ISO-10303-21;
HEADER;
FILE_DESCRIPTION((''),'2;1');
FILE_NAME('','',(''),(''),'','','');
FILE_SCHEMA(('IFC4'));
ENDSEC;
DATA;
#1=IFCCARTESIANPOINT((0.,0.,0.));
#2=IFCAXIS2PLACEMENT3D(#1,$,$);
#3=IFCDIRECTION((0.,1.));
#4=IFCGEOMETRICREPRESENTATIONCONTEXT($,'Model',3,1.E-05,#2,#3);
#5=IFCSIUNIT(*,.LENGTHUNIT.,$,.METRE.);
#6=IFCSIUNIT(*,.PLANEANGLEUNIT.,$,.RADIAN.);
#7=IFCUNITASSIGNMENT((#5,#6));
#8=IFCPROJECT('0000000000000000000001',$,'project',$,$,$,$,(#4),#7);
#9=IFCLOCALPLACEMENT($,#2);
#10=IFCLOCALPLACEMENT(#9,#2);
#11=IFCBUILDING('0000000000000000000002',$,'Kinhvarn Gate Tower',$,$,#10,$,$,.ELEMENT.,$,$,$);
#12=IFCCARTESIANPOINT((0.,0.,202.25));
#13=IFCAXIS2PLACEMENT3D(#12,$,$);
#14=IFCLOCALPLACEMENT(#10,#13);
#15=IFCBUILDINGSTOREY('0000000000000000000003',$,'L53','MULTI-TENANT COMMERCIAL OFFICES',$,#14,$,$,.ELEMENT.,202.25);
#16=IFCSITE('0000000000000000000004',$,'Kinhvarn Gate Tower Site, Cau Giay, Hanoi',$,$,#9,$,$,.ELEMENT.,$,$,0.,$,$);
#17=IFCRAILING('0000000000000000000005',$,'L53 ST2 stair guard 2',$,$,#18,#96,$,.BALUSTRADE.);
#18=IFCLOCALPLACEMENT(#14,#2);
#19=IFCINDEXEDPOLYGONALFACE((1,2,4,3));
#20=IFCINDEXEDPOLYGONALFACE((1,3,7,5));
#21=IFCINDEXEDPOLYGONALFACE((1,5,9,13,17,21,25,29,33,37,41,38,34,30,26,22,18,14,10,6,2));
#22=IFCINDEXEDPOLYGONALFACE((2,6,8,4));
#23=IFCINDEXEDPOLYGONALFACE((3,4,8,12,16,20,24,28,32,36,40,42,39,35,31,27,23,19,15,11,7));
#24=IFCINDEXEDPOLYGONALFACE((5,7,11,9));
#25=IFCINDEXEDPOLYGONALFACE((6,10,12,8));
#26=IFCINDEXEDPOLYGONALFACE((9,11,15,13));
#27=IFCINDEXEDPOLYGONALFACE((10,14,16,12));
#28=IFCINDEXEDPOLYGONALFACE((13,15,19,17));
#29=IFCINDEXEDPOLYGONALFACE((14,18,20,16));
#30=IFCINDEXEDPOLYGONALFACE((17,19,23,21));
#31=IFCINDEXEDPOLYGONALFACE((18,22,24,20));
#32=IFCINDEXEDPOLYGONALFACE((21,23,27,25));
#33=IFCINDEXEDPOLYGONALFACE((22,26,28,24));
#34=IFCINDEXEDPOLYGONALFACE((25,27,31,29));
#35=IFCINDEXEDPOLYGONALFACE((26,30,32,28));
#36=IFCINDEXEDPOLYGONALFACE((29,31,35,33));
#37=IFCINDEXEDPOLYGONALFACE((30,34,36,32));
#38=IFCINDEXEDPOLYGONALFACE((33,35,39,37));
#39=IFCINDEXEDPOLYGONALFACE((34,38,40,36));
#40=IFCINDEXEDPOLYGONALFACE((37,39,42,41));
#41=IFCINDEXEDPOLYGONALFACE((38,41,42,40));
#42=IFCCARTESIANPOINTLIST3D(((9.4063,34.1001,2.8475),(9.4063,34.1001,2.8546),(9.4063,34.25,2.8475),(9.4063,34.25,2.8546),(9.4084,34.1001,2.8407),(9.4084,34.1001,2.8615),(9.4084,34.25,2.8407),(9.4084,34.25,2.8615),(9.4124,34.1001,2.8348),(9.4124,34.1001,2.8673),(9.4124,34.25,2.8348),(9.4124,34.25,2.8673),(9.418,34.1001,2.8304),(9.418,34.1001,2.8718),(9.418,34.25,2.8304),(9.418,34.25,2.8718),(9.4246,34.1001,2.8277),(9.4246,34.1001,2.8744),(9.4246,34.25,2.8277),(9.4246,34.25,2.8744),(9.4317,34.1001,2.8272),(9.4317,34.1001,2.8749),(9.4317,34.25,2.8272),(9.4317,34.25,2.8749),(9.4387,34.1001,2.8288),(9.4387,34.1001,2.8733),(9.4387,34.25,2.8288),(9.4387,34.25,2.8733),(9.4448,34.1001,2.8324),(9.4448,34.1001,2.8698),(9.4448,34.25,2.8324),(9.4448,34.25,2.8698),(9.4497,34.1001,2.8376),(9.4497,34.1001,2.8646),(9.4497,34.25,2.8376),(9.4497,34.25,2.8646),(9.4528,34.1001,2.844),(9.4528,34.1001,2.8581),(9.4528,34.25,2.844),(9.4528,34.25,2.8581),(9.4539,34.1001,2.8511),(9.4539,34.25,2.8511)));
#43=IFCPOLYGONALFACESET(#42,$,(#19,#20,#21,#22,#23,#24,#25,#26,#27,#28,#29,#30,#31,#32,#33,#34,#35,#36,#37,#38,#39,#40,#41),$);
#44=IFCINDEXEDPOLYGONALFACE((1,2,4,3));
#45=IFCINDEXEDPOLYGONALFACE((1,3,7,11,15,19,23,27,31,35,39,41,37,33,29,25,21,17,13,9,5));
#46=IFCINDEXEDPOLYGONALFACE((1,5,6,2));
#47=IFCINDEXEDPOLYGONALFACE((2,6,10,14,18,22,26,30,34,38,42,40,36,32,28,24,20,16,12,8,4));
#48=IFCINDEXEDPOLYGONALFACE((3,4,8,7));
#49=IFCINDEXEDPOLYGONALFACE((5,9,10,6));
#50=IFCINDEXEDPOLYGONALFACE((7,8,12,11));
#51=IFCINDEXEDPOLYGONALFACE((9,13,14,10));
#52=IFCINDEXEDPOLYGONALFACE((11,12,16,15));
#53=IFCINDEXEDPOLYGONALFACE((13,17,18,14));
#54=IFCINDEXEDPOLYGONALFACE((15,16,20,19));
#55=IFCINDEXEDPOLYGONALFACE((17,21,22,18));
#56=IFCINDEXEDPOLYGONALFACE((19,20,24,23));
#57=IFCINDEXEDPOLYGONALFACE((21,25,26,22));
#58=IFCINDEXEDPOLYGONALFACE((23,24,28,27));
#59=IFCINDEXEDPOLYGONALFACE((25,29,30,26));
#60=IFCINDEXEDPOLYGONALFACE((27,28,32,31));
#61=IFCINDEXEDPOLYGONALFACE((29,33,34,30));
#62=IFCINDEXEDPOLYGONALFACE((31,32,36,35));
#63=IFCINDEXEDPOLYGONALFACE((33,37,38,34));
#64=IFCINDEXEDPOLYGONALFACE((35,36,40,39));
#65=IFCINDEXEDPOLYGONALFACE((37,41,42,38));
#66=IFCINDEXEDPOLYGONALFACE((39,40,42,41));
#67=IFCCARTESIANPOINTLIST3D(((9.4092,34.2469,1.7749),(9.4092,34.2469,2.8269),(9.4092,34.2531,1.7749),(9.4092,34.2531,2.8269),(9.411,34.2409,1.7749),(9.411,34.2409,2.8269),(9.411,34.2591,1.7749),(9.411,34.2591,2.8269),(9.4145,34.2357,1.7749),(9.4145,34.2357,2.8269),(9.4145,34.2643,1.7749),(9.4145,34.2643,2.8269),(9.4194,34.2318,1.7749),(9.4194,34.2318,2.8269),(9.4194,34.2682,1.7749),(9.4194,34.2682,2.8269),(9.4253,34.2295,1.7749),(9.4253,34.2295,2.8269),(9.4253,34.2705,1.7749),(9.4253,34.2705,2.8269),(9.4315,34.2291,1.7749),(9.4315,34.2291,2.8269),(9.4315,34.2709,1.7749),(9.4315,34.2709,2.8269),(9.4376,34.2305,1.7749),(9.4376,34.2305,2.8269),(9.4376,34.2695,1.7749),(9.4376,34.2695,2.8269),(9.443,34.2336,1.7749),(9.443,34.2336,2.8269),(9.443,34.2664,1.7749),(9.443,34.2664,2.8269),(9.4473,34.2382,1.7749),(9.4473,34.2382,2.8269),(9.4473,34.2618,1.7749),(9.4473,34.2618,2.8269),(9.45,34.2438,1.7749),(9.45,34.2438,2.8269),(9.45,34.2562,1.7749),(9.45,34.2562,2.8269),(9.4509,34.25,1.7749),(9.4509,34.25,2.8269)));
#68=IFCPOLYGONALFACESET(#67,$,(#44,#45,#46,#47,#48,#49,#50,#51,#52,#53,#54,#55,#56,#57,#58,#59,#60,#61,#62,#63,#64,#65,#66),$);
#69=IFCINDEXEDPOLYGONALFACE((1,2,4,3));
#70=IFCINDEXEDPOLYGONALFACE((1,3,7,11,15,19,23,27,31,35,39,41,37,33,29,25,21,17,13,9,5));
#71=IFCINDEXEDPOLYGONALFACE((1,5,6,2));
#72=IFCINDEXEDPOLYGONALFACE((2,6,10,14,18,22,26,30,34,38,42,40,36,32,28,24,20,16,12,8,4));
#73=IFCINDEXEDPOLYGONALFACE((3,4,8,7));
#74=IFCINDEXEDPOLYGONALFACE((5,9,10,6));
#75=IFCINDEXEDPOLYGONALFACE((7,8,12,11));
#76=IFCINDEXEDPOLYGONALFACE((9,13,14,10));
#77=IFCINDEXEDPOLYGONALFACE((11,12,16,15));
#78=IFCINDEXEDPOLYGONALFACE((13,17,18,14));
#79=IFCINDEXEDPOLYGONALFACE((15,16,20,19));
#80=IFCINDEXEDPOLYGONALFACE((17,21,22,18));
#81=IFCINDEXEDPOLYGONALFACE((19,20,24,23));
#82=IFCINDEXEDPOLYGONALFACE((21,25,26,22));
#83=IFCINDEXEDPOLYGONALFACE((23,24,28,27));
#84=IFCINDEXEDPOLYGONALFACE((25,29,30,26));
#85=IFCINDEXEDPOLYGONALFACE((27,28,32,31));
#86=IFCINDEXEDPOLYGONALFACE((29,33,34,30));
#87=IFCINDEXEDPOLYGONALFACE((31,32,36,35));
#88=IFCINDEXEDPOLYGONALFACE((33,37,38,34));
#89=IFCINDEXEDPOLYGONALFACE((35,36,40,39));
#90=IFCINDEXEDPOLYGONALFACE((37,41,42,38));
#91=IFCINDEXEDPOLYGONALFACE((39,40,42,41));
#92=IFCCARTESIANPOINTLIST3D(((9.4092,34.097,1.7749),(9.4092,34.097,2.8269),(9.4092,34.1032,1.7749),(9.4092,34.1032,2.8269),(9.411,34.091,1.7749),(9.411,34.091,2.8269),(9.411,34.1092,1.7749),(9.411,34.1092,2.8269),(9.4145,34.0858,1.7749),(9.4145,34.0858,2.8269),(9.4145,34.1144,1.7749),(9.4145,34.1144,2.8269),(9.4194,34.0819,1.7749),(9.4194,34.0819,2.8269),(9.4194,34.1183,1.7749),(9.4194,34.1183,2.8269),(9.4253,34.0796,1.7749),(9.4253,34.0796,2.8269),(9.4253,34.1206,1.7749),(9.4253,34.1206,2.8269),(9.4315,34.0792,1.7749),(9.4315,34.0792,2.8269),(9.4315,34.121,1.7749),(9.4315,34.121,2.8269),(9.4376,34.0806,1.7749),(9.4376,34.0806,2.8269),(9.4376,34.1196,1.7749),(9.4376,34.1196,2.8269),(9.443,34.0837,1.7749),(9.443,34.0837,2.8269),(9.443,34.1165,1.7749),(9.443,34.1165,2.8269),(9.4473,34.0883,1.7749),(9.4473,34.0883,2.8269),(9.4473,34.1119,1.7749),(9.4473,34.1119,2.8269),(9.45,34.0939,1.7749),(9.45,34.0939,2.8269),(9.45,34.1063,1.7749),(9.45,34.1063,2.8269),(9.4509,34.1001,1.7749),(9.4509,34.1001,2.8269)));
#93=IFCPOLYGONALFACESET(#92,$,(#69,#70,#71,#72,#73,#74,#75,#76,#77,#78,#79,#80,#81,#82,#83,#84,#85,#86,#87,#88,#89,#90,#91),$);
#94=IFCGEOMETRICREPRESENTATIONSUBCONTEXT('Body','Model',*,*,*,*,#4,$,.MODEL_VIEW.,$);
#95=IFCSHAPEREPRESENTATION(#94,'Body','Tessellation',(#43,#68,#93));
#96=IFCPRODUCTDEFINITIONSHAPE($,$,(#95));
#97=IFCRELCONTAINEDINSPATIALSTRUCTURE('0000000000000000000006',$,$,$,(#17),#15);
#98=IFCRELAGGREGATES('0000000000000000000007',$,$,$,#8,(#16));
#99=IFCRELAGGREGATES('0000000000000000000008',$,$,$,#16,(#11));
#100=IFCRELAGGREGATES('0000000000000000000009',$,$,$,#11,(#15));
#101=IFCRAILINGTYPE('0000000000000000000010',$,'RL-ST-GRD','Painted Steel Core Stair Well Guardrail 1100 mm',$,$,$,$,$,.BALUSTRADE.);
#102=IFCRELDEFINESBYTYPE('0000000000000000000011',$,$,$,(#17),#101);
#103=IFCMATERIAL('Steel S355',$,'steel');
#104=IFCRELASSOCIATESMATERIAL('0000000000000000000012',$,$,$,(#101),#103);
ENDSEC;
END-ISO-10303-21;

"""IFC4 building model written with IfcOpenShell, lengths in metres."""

from ifc_helpers import new_model, si_unit, direction, frame, origin, origin_2d, place, context, subcontext, project, spatial, circle, extrude, material, type_object, element, save


model = new_model("IFC4")

# Units and contexts
model_context = context("Model", 3, precision=1e-05, world=origin(), true_north=direction((0.0, 1.0)))
body_context = subcontext(model_context, "Body", "Model", "MODEL_VIEW")
ifc_project = project(units=[si_unit("LENGTHUNIT", "METRE"), si_unit("PLANEANGLEUNIT", "RADIAN")], contexts=[model_context])

# Site, building, storey
site_placement = place(None, origin())
site = spatial("IfcSite", under=ifc_project, at=site_placement, Name="Kinhvarn Gate Tower Site, Cau Giay, Hanoi", CompositionType="ELEMENT", RefElevation=0.0)
building_placement = place(site_placement, origin())
building = spatial("IfcBuilding", under=site, at=building_placement, Name="Kinhvarn Gate Tower", CompositionType="ELEMENT")
storey_placement = place(building_placement, frame((0.0, 0.0, 202.25)))
storey = spatial("IfcBuildingStorey", under=building, at=storey_placement, Name="L53", Description="MULTI-TENANT COMMERCIAL OFFICES", CompositionType="ELEMENT", Elevation=202.25)

# Railing
ifc_material_1 = material(Name="Steel S355", Category="steel")
railing_type_1 = type_object("IfcRailingType", Name="RL-ST-GRD", Description="Painted Steel Core Stair Well Guardrail 1100 mm", PredefinedType="BALUSTRADE", material=ifc_material_1)
railing_1_placement = place(storey_placement, frame((9.4299, 34.25, 1.7749)))
element("IfcRailing", 1, at=railing_1_placement, inside=storey, type_object=railing_type_1, Name="L53 ST2 stair guard 2", PredefinedType="BALUSTRADE", context=body_context, shape_type="SweptSolid", body=[
    extrude(circle(Radius=0.0239, at=origin_2d()), frame((0.0, 0.0, 1.0762), z_axis=(0.0, -1.0, 0.0), x_axis=(1.0, 0.0, 0.0)), (0.0, 0.0, 1.0), 0.1499),
    extrude(circle(Radius=0.021, at=origin_2d()), origin(), (0.0, 0.0, 1.0), 1.052),
    extrude(circle(Radius=0.021, at=origin_2d()), frame((0.0, -0.1499, 0.0)), (0.0, 0.0, 1.0), 1.052),
])

save(model, "model.ifc")
